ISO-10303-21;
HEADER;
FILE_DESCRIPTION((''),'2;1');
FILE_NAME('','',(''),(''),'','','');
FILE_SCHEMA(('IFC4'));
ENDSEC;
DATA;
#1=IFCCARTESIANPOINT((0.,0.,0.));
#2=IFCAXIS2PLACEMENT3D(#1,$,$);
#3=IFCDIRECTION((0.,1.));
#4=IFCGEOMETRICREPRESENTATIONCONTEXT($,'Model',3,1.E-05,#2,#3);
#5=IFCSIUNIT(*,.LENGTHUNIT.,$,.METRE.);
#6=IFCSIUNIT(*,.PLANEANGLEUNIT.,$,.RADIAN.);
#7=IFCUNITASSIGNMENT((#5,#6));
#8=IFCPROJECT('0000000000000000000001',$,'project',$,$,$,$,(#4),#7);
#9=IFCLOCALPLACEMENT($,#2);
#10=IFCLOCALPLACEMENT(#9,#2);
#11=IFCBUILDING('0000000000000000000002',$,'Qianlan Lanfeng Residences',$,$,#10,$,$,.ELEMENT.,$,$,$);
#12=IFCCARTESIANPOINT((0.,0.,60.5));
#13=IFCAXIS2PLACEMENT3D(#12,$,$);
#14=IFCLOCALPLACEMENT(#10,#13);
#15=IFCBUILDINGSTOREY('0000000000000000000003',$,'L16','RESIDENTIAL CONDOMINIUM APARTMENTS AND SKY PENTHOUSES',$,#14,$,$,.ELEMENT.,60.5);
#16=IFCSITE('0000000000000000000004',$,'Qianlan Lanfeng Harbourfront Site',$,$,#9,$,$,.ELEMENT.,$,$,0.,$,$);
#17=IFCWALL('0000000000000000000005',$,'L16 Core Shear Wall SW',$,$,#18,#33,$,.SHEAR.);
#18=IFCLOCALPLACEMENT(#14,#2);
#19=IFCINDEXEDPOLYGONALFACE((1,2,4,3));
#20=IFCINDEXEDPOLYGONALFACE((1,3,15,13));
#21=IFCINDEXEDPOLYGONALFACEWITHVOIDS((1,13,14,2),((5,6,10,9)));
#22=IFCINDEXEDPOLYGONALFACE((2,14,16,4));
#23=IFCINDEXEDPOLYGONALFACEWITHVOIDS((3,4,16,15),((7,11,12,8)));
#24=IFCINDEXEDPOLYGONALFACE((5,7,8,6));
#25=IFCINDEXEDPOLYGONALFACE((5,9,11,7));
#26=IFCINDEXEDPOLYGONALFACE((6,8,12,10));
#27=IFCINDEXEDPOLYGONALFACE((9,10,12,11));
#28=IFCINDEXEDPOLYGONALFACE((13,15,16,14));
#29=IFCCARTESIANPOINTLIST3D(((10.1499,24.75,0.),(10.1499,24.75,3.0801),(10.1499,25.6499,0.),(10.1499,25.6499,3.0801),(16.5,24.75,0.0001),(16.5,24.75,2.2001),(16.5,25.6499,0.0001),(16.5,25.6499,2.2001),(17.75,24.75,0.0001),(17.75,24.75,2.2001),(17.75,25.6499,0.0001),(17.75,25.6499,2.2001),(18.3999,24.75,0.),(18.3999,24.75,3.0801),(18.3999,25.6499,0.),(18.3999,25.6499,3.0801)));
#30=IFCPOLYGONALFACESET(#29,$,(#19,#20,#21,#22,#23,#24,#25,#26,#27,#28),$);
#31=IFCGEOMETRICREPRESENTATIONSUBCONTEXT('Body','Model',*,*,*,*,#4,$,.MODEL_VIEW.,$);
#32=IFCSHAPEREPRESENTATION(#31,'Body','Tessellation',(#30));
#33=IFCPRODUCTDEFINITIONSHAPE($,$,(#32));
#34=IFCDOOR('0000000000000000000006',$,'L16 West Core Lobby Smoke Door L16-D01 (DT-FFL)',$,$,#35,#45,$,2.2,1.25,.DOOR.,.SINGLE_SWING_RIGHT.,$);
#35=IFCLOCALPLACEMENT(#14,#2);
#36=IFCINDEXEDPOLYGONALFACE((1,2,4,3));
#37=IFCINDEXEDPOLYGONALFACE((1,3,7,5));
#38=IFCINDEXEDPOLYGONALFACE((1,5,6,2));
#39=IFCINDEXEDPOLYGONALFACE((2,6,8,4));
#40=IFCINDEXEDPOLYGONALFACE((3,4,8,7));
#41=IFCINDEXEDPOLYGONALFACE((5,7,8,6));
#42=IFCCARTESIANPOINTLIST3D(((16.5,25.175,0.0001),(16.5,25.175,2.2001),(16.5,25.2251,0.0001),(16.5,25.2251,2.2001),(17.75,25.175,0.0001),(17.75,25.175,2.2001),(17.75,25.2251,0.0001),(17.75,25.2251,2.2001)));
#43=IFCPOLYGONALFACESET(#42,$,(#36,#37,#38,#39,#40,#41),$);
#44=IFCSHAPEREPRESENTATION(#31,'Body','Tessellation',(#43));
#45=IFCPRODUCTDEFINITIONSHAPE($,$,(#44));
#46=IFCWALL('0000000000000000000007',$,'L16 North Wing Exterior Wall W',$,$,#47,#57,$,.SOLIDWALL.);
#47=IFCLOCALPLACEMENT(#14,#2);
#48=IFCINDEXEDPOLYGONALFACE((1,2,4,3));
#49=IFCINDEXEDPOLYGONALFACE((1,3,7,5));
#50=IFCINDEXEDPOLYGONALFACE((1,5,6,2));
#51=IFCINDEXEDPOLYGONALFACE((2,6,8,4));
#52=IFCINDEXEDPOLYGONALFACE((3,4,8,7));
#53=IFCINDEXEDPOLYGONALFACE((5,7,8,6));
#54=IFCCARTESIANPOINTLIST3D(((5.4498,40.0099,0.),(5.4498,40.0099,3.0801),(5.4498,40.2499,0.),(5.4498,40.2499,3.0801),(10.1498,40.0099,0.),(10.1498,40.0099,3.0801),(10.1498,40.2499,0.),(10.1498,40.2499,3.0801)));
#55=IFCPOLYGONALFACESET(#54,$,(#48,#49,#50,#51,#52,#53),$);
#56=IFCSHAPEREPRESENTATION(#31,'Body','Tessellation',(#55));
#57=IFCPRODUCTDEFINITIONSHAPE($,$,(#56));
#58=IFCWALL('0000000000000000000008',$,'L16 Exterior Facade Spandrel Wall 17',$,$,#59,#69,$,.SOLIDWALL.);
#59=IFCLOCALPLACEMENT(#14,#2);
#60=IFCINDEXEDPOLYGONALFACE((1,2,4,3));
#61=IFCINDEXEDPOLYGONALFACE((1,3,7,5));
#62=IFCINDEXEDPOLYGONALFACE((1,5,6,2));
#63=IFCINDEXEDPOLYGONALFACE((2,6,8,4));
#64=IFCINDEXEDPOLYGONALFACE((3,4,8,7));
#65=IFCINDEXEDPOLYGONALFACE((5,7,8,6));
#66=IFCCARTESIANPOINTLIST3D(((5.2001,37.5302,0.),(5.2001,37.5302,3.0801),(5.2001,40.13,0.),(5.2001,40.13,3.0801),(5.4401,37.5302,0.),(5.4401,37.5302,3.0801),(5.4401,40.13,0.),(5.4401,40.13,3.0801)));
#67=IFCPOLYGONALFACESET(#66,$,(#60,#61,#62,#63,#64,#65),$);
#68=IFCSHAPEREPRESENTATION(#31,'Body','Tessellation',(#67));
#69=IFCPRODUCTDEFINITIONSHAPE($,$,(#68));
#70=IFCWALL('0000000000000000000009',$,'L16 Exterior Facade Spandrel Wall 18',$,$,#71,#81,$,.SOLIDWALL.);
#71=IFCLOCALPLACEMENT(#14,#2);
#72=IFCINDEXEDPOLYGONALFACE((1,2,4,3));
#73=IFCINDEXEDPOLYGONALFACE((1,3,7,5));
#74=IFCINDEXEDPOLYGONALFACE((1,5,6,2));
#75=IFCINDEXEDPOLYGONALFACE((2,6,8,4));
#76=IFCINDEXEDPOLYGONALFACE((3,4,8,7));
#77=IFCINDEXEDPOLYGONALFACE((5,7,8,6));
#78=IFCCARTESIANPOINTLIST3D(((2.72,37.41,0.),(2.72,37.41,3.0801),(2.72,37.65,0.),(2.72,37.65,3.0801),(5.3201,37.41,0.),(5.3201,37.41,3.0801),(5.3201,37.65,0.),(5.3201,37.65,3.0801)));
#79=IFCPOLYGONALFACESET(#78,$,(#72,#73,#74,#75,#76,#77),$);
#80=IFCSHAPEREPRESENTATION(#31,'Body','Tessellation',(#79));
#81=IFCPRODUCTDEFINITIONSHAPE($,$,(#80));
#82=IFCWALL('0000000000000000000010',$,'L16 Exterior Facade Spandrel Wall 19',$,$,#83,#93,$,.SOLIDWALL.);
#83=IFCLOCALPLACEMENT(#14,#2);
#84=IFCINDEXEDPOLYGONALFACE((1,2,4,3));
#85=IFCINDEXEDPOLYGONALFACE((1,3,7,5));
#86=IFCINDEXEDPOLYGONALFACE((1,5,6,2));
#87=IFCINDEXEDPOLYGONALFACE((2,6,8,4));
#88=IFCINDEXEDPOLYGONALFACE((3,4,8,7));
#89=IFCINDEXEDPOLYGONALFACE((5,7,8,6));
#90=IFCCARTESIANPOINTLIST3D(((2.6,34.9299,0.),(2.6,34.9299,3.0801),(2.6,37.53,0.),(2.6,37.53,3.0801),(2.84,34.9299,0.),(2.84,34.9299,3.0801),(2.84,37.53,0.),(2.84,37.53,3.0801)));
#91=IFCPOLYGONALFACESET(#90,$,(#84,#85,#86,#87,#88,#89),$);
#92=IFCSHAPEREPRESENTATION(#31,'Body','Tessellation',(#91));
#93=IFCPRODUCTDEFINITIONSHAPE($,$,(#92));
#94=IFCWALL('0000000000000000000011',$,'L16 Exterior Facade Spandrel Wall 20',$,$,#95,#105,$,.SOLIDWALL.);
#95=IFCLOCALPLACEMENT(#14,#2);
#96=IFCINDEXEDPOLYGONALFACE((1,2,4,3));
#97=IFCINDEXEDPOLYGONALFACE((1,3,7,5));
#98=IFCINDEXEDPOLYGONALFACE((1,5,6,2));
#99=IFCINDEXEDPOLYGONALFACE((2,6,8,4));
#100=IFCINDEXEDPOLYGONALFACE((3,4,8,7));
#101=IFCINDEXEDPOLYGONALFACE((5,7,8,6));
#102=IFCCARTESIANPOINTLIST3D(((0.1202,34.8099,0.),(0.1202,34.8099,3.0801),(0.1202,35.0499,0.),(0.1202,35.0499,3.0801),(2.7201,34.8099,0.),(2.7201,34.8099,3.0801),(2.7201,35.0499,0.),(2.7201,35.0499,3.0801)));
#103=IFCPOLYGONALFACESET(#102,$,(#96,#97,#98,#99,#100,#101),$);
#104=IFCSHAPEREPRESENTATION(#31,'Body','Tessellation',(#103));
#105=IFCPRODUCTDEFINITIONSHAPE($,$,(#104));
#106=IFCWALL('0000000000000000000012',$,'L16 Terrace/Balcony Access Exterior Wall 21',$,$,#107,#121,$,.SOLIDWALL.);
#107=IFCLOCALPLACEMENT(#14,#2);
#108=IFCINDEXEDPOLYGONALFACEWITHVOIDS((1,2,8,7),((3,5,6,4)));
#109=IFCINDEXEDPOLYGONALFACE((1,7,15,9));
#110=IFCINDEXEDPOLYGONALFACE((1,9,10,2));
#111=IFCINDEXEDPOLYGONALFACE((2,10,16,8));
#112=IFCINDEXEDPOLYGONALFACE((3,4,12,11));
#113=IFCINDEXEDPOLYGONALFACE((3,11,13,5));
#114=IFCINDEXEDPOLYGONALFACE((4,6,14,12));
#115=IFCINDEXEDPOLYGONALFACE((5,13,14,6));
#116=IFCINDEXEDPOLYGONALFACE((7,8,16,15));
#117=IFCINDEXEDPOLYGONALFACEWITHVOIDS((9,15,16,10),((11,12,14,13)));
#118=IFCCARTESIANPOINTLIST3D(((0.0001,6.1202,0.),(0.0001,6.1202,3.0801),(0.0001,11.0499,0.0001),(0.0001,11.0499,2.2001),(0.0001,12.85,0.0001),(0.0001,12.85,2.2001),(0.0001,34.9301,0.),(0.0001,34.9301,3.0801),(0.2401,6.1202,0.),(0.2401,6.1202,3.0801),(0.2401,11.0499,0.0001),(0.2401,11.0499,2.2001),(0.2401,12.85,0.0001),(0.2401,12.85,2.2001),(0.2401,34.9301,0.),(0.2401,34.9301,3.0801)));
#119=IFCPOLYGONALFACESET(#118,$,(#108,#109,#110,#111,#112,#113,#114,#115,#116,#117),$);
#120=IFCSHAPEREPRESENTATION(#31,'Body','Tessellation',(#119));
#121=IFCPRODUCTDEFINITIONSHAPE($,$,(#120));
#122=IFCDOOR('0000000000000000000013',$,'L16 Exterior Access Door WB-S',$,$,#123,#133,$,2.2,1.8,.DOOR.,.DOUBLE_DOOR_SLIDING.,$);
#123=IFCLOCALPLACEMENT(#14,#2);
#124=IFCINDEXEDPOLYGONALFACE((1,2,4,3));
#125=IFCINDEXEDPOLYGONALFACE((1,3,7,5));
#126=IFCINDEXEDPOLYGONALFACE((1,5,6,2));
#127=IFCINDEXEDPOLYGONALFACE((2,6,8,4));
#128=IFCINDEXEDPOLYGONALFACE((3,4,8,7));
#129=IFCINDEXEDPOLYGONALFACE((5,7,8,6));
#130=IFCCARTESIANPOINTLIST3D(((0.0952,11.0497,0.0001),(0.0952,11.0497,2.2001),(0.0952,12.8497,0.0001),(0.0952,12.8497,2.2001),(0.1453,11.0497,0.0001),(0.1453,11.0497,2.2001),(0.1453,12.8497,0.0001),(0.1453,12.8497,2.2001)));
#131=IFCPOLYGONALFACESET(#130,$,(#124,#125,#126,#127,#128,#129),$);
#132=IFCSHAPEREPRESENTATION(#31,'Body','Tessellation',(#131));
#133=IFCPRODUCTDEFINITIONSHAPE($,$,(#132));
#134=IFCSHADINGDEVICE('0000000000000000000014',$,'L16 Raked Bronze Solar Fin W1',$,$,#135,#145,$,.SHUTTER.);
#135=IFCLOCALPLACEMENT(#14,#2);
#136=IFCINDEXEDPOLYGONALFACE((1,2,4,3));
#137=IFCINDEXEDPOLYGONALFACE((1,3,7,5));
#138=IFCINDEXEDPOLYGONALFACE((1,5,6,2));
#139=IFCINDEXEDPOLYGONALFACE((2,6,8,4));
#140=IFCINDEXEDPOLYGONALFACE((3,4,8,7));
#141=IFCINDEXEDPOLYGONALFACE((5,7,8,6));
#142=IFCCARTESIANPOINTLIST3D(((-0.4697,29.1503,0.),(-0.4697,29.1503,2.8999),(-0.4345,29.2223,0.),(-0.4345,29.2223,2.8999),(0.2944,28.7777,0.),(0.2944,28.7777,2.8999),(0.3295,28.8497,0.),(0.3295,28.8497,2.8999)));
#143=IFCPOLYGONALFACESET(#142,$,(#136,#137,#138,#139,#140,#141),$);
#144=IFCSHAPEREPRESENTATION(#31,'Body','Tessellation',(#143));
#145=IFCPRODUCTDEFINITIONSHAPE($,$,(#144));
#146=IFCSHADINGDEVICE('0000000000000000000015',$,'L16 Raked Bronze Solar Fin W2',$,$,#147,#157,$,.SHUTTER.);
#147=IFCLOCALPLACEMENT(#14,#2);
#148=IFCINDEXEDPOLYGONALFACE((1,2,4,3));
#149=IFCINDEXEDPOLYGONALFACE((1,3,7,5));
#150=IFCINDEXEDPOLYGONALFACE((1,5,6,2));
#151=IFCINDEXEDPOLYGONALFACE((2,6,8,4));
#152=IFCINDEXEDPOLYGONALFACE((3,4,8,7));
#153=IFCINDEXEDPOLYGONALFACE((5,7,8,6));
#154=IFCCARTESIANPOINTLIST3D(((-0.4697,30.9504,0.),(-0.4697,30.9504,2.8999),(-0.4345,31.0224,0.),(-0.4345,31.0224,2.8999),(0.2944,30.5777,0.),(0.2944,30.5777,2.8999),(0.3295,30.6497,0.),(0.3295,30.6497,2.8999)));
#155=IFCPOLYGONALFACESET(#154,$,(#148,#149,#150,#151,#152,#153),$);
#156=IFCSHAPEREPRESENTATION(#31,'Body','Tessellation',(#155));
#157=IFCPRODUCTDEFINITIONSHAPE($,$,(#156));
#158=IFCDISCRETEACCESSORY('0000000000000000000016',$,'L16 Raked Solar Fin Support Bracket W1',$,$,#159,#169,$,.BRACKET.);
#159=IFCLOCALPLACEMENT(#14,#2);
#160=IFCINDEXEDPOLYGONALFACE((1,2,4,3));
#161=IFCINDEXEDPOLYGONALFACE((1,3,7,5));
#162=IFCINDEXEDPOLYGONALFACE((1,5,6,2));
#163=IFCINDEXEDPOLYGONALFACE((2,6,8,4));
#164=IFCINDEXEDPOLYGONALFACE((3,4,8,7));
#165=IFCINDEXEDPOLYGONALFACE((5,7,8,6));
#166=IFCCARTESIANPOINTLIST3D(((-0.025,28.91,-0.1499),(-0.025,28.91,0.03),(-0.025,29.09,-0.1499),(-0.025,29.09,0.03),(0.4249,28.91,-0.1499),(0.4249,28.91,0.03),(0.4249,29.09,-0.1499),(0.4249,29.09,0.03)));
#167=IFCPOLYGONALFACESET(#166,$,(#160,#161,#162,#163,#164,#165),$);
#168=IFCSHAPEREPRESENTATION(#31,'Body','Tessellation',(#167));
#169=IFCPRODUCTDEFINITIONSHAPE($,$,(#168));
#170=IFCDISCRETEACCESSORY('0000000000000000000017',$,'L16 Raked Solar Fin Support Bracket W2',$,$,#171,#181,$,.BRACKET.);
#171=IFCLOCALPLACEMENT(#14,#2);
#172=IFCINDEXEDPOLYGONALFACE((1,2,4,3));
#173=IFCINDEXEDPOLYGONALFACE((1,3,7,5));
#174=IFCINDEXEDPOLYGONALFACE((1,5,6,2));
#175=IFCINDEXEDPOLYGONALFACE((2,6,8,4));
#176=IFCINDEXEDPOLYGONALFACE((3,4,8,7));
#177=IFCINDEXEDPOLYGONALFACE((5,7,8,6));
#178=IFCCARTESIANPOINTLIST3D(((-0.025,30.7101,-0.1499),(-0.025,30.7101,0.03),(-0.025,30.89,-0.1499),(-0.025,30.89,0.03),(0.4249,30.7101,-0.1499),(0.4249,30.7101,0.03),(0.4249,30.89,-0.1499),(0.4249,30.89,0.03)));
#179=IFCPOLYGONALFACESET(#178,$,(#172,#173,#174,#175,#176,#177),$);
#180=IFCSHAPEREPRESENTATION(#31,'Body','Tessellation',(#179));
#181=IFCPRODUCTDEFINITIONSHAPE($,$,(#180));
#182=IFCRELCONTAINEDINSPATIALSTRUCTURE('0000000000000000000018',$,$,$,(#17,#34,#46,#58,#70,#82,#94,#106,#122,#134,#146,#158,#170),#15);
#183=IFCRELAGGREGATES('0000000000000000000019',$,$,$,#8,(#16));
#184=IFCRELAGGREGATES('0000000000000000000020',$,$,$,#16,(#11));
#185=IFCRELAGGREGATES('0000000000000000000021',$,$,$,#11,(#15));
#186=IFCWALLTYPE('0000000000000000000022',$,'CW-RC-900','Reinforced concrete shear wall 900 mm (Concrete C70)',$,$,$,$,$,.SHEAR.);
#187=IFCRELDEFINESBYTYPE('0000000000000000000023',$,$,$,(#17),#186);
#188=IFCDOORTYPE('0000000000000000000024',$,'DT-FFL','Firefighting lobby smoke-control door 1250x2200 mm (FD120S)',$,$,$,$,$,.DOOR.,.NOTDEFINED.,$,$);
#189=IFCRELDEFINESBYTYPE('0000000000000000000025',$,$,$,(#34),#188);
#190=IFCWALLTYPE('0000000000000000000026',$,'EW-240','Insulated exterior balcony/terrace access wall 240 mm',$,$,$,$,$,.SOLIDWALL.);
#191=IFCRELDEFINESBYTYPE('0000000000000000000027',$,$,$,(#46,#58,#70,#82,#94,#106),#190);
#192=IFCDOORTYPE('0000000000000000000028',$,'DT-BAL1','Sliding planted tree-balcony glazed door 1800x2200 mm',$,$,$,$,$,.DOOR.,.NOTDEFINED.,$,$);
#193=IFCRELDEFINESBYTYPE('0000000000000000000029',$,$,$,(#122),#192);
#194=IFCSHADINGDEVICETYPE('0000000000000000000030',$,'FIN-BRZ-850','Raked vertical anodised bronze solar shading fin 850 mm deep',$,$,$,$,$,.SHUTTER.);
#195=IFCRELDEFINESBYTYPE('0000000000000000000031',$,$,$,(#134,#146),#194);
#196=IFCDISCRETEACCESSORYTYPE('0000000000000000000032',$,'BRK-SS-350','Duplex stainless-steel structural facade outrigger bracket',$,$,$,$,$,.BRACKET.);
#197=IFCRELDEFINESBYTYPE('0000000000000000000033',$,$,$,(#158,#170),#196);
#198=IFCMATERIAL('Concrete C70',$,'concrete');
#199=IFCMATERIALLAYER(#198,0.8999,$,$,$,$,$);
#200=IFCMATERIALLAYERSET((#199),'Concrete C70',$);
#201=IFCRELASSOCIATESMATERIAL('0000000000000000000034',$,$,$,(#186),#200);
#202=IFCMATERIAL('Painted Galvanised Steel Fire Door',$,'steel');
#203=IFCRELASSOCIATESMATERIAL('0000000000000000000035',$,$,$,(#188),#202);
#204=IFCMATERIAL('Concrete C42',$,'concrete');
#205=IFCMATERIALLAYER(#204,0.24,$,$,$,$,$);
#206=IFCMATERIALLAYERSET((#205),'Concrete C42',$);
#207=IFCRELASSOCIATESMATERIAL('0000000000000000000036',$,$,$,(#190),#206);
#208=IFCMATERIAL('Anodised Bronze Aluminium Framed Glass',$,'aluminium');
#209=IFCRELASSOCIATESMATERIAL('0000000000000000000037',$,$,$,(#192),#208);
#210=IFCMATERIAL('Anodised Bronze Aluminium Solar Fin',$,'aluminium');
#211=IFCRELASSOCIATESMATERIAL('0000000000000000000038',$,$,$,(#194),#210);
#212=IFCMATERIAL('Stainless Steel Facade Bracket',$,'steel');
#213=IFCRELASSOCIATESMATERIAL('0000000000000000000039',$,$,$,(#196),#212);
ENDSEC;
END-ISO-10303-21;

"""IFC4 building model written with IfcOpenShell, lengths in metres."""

from ifc_helpers import new_model, si_unit, direction, frame, frame_2d, origin, origin_2d, place, context, subcontext, project, spatial, rectangle, extrude, source, transform, mapped, material, layer, layer_set, type_object, element, fill, save


model = new_model("IFC4")

# Units and contexts
model_context = context("Model", 3, precision=1e-05, world=origin(), true_north=direction((0.0, 1.0)))
body_context = subcontext(model_context, "Body", "Model", "MODEL_VIEW")
ifc_project = project(units=[si_unit("LENGTHUNIT", "METRE"), si_unit("PLANEANGLEUNIT", "RADIAN")], contexts=[model_context])

# Site, building, storey
site_placement = place(None, origin())
site = spatial("IfcSite", under=ifc_project, at=site_placement, Name="Qianlan Lanfeng Harbourfront Site", CompositionType="ELEMENT", RefElevation=0.0)
building_placement = place(site_placement, origin())
building = spatial("IfcBuilding", under=site, at=building_placement, Name="Qianlan Lanfeng Residences", CompositionType="ELEMENT")
storey_placement = place(building_placement, frame((0.0, 0.0, 60.5)))
storey = spatial("IfcBuildingStorey", under=building, at=storey_placement, Name="L16", Description="RESIDENTIAL CONDOMINIUM APARTMENTS AND SKY PENTHOUSES", CompositionType="ELEMENT", Elevation=60.5)

# Shared definitions
ifc_material_1 = material(Name="Concrete C70", Category="concrete")
ifc_layer_1 = layer(ifc_material_1, 0.8999)
ifc_layer_set_1 = layer_set([ifc_layer_1], Name="Concrete C70")
wall_type_1 = type_object("IfcWallType", Name="CW-RC-900", Description="Reinforced concrete shear wall 900 mm (Concrete C70)", PredefinedType="SHEAR", material=ifc_layer_set_1)

# Wall, opening, door
wall_1_placement = place(storey_placement, frame((10.1499, 25.2, 0.0), z_axis=(0.0, 0.0, 1.0), x_axis=(1.0, 0.0, 0.0)))
wall_1 = element("IfcWall", 1, at=wall_1_placement, inside=storey, type_object=wall_type_1, Name="L16 Core Shear Wall SW", PredefinedType="SHEAR", context=body_context, shape_type="SweptSolid", body=[
    extrude(rectangle(XDim=8.25, YDim=0.8999, at=frame_2d((4.125, 0.0))), origin(), (0.0, 0.0, 1.0), 3.0801),
])
opening_1_placement = place(wall_1_placement, frame((6.3501, 0.0, 0.0)))
opening_1 = element("IfcOpeningElement", 2, at=opening_1_placement, cuts=wall_1, PredefinedType="OPENING", context=body_context, shape_type="SweptSolid", body=[
    extrude(rectangle(XDim=1.25, YDim=2.2, at=frame_2d((0.625, 1.1001))), frame((0.0, 0.46, 0.0), z_axis=(0.0, -1.0, 0.0), x_axis=(1.0, 0.0, 0.0)), (0.0, 0.0, 1.0), 0.9199),
])
ifc_material_2 = material(Name="Painted Galvanised Steel Fire Door", Category="steel")
door_type_1 = type_object("IfcDoorType", Name="DT-FFL", Description="Firefighting lobby smoke-control door 1250x2200 mm (FD120S)", OperationType="NOTDEFINED", PredefinedType="DOOR", material=ifc_material_2)
door_1_placement = place(opening_1_placement, frame((1.25, 0.0, 0.0), z_axis=(0.0, 0.0, 1.0), x_axis=(-1.0, 0.0, 0.0)))
door_1 = element("IfcDoor", 3, at=door_1_placement, inside=storey, type_object=door_type_1, Name="L16 West Core Lobby Smoke Door L16-D01 (DT-FFL)", OperationType="SINGLE_SWING_RIGHT", OverallHeight=2.2, OverallWidth=1.25, PredefinedType="DOOR", context=body_context, shape_type="SweptSolid", body=[
    extrude(rectangle(XDim=1.25, YDim=2.2, at=frame_2d((0.625, 1.1001))), frame((0.0, 0.0249, 0.0), z_axis=(0.0, -1.0, 0.0), x_axis=(1.0, 0.0, 0.0)), (0.0, 0.0, 1.0), 0.05),
])
fill(opening_1, door_1)

# Walls
ifc_material_3 = material(Name="Concrete C42", Category="concrete")
ifc_layer_2 = layer(ifc_material_3, 0.24)
ifc_layer_set_2 = layer_set([ifc_layer_2], Name="Concrete C42")
wall_type_2 = type_object("IfcWallType", Name="EW-240", Description="Insulated exterior balcony/terrace access wall 240 mm", PredefinedType="SOLIDWALL", material=ifc_layer_set_2)
wall_2_placement = place(storey_placement, frame((10.1499, 40.1299, 0.0), z_axis=(0.0, 0.0, 1.0), x_axis=(-1.0, 0.0, 0.0)))
element("IfcWall", 4, at=wall_2_placement, inside=storey, type_object=wall_type_2, Name="L16 North Wing Exterior Wall W", PredefinedType="SOLIDWALL", context=body_context, shape_type="SweptSolid", body=[
    extrude(rectangle(XDim=4.7, YDim=0.24, at=frame_2d((2.3501, 0.0))), origin(), (0.0, 0.0, 1.0), 3.0801),
])
wall_3_placement = place(storey_placement, frame((5.3201, 40.1299, 0.0), z_axis=(0.0, 0.0, 1.0), x_axis=(0.0, -1.0, 0.0)))
element("IfcWall", 5, at=wall_3_placement, inside=storey, type_object=wall_type_2, Name="L16 Exterior Facade Spandrel Wall 17", PredefinedType="SOLIDWALL", context=body_context, shape_type="SweptSolid", body=[
    extrude(rectangle(XDim=2.5999, YDim=0.24, at=frame_2d((1.2998, 0.0))), origin(), (0.0, 0.0, 1.0), 3.0801),
])
for number, where, z_axis, x_axis, name in (
    (6, (5.3201, 37.53, 0.0), (0.0, 0.0, 1.0), (-1.0, 0.0, 0.0), "L16 Exterior Facade Spandrel Wall 18"),
    (7, (2.72, 37.53, 0.0), (0.0, 0.0, 1.0), (0.0, -1.0, 0.0), "L16 Exterior Facade Spandrel Wall 19"),
):
    element("IfcWall", number, at=place(storey_placement, frame(where, z_axis=z_axis, x_axis=x_axis)), inside=storey, type_object=wall_type_2, Name=name, PredefinedType="SOLIDWALL", context=body_context, shape_type="SweptSolid", body=[
        extrude(rectangle(XDim=2.6001, YDim=0.24, at=frame_2d((1.3, 0.0))), origin(), (0.0, 0.0, 1.0), 3.0801),
    ])
wall_4_placement = place(storey_placement, frame((2.72, 34.9299, 0.0), z_axis=(0.0, 0.0, 1.0), x_axis=(-1.0, 0.0, 0.0)))
element("IfcWall", 8, at=wall_4_placement, inside=storey, type_object=wall_type_2, Name="L16 Exterior Facade Spandrel Wall 20", PredefinedType="SOLIDWALL", context=body_context, shape_type="SweptSolid", body=[
    extrude(rectangle(XDim=2.5999, YDim=0.24, at=frame_2d((1.2998, 0.0))), origin(), (0.0, 0.0, 1.0), 3.0801),
])

# Wall, opening, door
wall_5_placement = place(storey_placement, frame((0.1201, 34.9299, 0.0), z_axis=(0.0, 0.0, 1.0), x_axis=(0.0, -1.0, 0.0)))
wall_5 = element("IfcWall", 9, at=wall_5_placement, inside=storey, type_object=wall_type_2, Name="L16 Terrace/Balcony Access Exterior Wall 21", PredefinedType="SOLIDWALL", context=body_context, shape_type="SweptSolid", body=[
    extrude(rectangle(XDim=28.8098, YDim=0.24, at=frame_2d((14.4048, 0.0))), origin(), (0.0, 0.0, 1.0), 3.0801),
])
opening_2_placement = place(wall_5_placement, frame((22.0801, 0.0, 0.0)))
opening_2 = element("IfcOpeningElement", 10, at=opening_2_placement, cuts=wall_5, PredefinedType="OPENING", context=body_context, shape_type="SweptSolid", body=[
    extrude(rectangle(XDim=1.8, YDim=2.2, at=frame_2d((0.8999, 1.1001))), frame((0.0, 0.1299, 0.0), z_axis=(0.0, -1.0, 0.0), x_axis=(1.0, 0.0, 0.0)), (0.0, 0.0, 1.0), 0.26),
])
ifc_material_4 = material(Name="Anodised Bronze Aluminium Framed Glass", Category="aluminium")
door_type_2 = type_object("IfcDoorType", Name="DT-BAL1", Description="Sliding planted tree-balcony glazed door 1800x2200 mm", OperationType="NOTDEFINED", PredefinedType="DOOR", material=ifc_material_4)
door_2_placement = place(opening_2_placement, frame((1.8, 0.0, 0.0), z_axis=(0.0, 0.0, 1.0), x_axis=(-1.0, 0.0, 0.0)))
door_2 = element("IfcDoor", 11, at=door_2_placement, inside=storey, type_object=door_type_2, Name="L16 Exterior Access Door WB-S", OperationType="DOUBLE_DOOR_SLIDING", OverallHeight=2.2, OverallWidth=1.8, PredefinedType="DOOR", context=body_context, shape_type="SweptSolid", body=[
    extrude(rectangle(XDim=1.8, YDim=2.2, at=frame_2d((0.8999, 1.1001))), frame((0.0, 0.0249, 0.0), z_axis=(0.0, -1.0, 0.0), x_axis=(1.0, 0.0, 0.0)), (0.0, 0.0, 1.0), 0.05),
])
fill(opening_2, door_2)

# Shading devices
ifc_material_5 = material(Name="Anodised Bronze Aluminium Solar Fin", Category="aluminium")
shading_device_type = type_object("IfcShadingDeviceType", Name="FIN-BRZ-850", Description="Raked vertical anodised bronze solar shading fin 850 mm deep", PredefinedType="SHUTTER", material=ifc_material_5)
shared_shape_1 = source(origin(), body_context, "Body", "SweptSolid", [
    extrude(rectangle(XDim=0.8501, YDim=0.0801, at=origin_2d()), origin(), (0.0, 0.0, 1.0), 2.8999),
])
for number, where, z_axis, x_axis, name in (
    (12, (-0.0701, 29.0, 0.0), (0.0, 0.0, 1.0), (0.898794, -0.438371, 0.0), "L16 Raked Bronze Solar Fin W1"),
    (13, (-0.0701, 30.8, 0.0), (0.0, 0.0, 1.0), (0.898794, -0.438371, 0.0), "L16 Raked Bronze Solar Fin W2"),
):
    element("IfcShadingDevice", number, at=place(storey_placement, frame(where, z_axis=z_axis, x_axis=x_axis)), inside=storey, type_object=shading_device_type, Name=name, PredefinedType="SHUTTER", context=body_context, shape_type="MappedRepresentation", body=[
        mapped(shared_shape_1, transform((0.0, 0.0, 0.0), scale=1.0)),
    ])

# Discrete accessories
ifc_material_6 = material(Name="Stainless Steel Facade Bracket", Category="steel")
discrete_accessory_type = type_object("IfcDiscreteAccessoryType", Name="BRK-SS-350", Description="Duplex stainless-steel structural facade outrigger bracket", PredefinedType="BRACKET", material=ifc_material_6)
shared_shape_2 = source(origin(), body_context, "Body", "SweptSolid", [
    extrude(rectangle(XDim=0.45, YDim=0.1799, at=origin_2d()), origin(), (0.0, 0.0, 1.0), 0.1799),
])
for number, where, z_axis, x_axis, name in (
    (14, (0.2, 29.0, -0.1499), (0.0, 0.0, 1.0), (1.0, 0.0, 0.0), "L16 Raked Solar Fin Support Bracket W1"),
    (15, (0.2, 30.8, -0.1499), (0.0, 0.0, 1.0), (1.0, 0.0, 0.0), "L16 Raked Solar Fin Support Bracket W2"),
):
    element("IfcDiscreteAccessory", number, at=place(storey_placement, frame(where, z_axis=z_axis, x_axis=x_axis)), inside=storey, type_object=discrete_accessory_type, Name=name, PredefinedType="BRACKET", context=body_context, shape_type="MappedRepresentation", body=[
        mapped(shared_shape_2, transform((0.0, 0.0, 0.0), scale=1.0)),
    ])

save(model, "model.ifc")
